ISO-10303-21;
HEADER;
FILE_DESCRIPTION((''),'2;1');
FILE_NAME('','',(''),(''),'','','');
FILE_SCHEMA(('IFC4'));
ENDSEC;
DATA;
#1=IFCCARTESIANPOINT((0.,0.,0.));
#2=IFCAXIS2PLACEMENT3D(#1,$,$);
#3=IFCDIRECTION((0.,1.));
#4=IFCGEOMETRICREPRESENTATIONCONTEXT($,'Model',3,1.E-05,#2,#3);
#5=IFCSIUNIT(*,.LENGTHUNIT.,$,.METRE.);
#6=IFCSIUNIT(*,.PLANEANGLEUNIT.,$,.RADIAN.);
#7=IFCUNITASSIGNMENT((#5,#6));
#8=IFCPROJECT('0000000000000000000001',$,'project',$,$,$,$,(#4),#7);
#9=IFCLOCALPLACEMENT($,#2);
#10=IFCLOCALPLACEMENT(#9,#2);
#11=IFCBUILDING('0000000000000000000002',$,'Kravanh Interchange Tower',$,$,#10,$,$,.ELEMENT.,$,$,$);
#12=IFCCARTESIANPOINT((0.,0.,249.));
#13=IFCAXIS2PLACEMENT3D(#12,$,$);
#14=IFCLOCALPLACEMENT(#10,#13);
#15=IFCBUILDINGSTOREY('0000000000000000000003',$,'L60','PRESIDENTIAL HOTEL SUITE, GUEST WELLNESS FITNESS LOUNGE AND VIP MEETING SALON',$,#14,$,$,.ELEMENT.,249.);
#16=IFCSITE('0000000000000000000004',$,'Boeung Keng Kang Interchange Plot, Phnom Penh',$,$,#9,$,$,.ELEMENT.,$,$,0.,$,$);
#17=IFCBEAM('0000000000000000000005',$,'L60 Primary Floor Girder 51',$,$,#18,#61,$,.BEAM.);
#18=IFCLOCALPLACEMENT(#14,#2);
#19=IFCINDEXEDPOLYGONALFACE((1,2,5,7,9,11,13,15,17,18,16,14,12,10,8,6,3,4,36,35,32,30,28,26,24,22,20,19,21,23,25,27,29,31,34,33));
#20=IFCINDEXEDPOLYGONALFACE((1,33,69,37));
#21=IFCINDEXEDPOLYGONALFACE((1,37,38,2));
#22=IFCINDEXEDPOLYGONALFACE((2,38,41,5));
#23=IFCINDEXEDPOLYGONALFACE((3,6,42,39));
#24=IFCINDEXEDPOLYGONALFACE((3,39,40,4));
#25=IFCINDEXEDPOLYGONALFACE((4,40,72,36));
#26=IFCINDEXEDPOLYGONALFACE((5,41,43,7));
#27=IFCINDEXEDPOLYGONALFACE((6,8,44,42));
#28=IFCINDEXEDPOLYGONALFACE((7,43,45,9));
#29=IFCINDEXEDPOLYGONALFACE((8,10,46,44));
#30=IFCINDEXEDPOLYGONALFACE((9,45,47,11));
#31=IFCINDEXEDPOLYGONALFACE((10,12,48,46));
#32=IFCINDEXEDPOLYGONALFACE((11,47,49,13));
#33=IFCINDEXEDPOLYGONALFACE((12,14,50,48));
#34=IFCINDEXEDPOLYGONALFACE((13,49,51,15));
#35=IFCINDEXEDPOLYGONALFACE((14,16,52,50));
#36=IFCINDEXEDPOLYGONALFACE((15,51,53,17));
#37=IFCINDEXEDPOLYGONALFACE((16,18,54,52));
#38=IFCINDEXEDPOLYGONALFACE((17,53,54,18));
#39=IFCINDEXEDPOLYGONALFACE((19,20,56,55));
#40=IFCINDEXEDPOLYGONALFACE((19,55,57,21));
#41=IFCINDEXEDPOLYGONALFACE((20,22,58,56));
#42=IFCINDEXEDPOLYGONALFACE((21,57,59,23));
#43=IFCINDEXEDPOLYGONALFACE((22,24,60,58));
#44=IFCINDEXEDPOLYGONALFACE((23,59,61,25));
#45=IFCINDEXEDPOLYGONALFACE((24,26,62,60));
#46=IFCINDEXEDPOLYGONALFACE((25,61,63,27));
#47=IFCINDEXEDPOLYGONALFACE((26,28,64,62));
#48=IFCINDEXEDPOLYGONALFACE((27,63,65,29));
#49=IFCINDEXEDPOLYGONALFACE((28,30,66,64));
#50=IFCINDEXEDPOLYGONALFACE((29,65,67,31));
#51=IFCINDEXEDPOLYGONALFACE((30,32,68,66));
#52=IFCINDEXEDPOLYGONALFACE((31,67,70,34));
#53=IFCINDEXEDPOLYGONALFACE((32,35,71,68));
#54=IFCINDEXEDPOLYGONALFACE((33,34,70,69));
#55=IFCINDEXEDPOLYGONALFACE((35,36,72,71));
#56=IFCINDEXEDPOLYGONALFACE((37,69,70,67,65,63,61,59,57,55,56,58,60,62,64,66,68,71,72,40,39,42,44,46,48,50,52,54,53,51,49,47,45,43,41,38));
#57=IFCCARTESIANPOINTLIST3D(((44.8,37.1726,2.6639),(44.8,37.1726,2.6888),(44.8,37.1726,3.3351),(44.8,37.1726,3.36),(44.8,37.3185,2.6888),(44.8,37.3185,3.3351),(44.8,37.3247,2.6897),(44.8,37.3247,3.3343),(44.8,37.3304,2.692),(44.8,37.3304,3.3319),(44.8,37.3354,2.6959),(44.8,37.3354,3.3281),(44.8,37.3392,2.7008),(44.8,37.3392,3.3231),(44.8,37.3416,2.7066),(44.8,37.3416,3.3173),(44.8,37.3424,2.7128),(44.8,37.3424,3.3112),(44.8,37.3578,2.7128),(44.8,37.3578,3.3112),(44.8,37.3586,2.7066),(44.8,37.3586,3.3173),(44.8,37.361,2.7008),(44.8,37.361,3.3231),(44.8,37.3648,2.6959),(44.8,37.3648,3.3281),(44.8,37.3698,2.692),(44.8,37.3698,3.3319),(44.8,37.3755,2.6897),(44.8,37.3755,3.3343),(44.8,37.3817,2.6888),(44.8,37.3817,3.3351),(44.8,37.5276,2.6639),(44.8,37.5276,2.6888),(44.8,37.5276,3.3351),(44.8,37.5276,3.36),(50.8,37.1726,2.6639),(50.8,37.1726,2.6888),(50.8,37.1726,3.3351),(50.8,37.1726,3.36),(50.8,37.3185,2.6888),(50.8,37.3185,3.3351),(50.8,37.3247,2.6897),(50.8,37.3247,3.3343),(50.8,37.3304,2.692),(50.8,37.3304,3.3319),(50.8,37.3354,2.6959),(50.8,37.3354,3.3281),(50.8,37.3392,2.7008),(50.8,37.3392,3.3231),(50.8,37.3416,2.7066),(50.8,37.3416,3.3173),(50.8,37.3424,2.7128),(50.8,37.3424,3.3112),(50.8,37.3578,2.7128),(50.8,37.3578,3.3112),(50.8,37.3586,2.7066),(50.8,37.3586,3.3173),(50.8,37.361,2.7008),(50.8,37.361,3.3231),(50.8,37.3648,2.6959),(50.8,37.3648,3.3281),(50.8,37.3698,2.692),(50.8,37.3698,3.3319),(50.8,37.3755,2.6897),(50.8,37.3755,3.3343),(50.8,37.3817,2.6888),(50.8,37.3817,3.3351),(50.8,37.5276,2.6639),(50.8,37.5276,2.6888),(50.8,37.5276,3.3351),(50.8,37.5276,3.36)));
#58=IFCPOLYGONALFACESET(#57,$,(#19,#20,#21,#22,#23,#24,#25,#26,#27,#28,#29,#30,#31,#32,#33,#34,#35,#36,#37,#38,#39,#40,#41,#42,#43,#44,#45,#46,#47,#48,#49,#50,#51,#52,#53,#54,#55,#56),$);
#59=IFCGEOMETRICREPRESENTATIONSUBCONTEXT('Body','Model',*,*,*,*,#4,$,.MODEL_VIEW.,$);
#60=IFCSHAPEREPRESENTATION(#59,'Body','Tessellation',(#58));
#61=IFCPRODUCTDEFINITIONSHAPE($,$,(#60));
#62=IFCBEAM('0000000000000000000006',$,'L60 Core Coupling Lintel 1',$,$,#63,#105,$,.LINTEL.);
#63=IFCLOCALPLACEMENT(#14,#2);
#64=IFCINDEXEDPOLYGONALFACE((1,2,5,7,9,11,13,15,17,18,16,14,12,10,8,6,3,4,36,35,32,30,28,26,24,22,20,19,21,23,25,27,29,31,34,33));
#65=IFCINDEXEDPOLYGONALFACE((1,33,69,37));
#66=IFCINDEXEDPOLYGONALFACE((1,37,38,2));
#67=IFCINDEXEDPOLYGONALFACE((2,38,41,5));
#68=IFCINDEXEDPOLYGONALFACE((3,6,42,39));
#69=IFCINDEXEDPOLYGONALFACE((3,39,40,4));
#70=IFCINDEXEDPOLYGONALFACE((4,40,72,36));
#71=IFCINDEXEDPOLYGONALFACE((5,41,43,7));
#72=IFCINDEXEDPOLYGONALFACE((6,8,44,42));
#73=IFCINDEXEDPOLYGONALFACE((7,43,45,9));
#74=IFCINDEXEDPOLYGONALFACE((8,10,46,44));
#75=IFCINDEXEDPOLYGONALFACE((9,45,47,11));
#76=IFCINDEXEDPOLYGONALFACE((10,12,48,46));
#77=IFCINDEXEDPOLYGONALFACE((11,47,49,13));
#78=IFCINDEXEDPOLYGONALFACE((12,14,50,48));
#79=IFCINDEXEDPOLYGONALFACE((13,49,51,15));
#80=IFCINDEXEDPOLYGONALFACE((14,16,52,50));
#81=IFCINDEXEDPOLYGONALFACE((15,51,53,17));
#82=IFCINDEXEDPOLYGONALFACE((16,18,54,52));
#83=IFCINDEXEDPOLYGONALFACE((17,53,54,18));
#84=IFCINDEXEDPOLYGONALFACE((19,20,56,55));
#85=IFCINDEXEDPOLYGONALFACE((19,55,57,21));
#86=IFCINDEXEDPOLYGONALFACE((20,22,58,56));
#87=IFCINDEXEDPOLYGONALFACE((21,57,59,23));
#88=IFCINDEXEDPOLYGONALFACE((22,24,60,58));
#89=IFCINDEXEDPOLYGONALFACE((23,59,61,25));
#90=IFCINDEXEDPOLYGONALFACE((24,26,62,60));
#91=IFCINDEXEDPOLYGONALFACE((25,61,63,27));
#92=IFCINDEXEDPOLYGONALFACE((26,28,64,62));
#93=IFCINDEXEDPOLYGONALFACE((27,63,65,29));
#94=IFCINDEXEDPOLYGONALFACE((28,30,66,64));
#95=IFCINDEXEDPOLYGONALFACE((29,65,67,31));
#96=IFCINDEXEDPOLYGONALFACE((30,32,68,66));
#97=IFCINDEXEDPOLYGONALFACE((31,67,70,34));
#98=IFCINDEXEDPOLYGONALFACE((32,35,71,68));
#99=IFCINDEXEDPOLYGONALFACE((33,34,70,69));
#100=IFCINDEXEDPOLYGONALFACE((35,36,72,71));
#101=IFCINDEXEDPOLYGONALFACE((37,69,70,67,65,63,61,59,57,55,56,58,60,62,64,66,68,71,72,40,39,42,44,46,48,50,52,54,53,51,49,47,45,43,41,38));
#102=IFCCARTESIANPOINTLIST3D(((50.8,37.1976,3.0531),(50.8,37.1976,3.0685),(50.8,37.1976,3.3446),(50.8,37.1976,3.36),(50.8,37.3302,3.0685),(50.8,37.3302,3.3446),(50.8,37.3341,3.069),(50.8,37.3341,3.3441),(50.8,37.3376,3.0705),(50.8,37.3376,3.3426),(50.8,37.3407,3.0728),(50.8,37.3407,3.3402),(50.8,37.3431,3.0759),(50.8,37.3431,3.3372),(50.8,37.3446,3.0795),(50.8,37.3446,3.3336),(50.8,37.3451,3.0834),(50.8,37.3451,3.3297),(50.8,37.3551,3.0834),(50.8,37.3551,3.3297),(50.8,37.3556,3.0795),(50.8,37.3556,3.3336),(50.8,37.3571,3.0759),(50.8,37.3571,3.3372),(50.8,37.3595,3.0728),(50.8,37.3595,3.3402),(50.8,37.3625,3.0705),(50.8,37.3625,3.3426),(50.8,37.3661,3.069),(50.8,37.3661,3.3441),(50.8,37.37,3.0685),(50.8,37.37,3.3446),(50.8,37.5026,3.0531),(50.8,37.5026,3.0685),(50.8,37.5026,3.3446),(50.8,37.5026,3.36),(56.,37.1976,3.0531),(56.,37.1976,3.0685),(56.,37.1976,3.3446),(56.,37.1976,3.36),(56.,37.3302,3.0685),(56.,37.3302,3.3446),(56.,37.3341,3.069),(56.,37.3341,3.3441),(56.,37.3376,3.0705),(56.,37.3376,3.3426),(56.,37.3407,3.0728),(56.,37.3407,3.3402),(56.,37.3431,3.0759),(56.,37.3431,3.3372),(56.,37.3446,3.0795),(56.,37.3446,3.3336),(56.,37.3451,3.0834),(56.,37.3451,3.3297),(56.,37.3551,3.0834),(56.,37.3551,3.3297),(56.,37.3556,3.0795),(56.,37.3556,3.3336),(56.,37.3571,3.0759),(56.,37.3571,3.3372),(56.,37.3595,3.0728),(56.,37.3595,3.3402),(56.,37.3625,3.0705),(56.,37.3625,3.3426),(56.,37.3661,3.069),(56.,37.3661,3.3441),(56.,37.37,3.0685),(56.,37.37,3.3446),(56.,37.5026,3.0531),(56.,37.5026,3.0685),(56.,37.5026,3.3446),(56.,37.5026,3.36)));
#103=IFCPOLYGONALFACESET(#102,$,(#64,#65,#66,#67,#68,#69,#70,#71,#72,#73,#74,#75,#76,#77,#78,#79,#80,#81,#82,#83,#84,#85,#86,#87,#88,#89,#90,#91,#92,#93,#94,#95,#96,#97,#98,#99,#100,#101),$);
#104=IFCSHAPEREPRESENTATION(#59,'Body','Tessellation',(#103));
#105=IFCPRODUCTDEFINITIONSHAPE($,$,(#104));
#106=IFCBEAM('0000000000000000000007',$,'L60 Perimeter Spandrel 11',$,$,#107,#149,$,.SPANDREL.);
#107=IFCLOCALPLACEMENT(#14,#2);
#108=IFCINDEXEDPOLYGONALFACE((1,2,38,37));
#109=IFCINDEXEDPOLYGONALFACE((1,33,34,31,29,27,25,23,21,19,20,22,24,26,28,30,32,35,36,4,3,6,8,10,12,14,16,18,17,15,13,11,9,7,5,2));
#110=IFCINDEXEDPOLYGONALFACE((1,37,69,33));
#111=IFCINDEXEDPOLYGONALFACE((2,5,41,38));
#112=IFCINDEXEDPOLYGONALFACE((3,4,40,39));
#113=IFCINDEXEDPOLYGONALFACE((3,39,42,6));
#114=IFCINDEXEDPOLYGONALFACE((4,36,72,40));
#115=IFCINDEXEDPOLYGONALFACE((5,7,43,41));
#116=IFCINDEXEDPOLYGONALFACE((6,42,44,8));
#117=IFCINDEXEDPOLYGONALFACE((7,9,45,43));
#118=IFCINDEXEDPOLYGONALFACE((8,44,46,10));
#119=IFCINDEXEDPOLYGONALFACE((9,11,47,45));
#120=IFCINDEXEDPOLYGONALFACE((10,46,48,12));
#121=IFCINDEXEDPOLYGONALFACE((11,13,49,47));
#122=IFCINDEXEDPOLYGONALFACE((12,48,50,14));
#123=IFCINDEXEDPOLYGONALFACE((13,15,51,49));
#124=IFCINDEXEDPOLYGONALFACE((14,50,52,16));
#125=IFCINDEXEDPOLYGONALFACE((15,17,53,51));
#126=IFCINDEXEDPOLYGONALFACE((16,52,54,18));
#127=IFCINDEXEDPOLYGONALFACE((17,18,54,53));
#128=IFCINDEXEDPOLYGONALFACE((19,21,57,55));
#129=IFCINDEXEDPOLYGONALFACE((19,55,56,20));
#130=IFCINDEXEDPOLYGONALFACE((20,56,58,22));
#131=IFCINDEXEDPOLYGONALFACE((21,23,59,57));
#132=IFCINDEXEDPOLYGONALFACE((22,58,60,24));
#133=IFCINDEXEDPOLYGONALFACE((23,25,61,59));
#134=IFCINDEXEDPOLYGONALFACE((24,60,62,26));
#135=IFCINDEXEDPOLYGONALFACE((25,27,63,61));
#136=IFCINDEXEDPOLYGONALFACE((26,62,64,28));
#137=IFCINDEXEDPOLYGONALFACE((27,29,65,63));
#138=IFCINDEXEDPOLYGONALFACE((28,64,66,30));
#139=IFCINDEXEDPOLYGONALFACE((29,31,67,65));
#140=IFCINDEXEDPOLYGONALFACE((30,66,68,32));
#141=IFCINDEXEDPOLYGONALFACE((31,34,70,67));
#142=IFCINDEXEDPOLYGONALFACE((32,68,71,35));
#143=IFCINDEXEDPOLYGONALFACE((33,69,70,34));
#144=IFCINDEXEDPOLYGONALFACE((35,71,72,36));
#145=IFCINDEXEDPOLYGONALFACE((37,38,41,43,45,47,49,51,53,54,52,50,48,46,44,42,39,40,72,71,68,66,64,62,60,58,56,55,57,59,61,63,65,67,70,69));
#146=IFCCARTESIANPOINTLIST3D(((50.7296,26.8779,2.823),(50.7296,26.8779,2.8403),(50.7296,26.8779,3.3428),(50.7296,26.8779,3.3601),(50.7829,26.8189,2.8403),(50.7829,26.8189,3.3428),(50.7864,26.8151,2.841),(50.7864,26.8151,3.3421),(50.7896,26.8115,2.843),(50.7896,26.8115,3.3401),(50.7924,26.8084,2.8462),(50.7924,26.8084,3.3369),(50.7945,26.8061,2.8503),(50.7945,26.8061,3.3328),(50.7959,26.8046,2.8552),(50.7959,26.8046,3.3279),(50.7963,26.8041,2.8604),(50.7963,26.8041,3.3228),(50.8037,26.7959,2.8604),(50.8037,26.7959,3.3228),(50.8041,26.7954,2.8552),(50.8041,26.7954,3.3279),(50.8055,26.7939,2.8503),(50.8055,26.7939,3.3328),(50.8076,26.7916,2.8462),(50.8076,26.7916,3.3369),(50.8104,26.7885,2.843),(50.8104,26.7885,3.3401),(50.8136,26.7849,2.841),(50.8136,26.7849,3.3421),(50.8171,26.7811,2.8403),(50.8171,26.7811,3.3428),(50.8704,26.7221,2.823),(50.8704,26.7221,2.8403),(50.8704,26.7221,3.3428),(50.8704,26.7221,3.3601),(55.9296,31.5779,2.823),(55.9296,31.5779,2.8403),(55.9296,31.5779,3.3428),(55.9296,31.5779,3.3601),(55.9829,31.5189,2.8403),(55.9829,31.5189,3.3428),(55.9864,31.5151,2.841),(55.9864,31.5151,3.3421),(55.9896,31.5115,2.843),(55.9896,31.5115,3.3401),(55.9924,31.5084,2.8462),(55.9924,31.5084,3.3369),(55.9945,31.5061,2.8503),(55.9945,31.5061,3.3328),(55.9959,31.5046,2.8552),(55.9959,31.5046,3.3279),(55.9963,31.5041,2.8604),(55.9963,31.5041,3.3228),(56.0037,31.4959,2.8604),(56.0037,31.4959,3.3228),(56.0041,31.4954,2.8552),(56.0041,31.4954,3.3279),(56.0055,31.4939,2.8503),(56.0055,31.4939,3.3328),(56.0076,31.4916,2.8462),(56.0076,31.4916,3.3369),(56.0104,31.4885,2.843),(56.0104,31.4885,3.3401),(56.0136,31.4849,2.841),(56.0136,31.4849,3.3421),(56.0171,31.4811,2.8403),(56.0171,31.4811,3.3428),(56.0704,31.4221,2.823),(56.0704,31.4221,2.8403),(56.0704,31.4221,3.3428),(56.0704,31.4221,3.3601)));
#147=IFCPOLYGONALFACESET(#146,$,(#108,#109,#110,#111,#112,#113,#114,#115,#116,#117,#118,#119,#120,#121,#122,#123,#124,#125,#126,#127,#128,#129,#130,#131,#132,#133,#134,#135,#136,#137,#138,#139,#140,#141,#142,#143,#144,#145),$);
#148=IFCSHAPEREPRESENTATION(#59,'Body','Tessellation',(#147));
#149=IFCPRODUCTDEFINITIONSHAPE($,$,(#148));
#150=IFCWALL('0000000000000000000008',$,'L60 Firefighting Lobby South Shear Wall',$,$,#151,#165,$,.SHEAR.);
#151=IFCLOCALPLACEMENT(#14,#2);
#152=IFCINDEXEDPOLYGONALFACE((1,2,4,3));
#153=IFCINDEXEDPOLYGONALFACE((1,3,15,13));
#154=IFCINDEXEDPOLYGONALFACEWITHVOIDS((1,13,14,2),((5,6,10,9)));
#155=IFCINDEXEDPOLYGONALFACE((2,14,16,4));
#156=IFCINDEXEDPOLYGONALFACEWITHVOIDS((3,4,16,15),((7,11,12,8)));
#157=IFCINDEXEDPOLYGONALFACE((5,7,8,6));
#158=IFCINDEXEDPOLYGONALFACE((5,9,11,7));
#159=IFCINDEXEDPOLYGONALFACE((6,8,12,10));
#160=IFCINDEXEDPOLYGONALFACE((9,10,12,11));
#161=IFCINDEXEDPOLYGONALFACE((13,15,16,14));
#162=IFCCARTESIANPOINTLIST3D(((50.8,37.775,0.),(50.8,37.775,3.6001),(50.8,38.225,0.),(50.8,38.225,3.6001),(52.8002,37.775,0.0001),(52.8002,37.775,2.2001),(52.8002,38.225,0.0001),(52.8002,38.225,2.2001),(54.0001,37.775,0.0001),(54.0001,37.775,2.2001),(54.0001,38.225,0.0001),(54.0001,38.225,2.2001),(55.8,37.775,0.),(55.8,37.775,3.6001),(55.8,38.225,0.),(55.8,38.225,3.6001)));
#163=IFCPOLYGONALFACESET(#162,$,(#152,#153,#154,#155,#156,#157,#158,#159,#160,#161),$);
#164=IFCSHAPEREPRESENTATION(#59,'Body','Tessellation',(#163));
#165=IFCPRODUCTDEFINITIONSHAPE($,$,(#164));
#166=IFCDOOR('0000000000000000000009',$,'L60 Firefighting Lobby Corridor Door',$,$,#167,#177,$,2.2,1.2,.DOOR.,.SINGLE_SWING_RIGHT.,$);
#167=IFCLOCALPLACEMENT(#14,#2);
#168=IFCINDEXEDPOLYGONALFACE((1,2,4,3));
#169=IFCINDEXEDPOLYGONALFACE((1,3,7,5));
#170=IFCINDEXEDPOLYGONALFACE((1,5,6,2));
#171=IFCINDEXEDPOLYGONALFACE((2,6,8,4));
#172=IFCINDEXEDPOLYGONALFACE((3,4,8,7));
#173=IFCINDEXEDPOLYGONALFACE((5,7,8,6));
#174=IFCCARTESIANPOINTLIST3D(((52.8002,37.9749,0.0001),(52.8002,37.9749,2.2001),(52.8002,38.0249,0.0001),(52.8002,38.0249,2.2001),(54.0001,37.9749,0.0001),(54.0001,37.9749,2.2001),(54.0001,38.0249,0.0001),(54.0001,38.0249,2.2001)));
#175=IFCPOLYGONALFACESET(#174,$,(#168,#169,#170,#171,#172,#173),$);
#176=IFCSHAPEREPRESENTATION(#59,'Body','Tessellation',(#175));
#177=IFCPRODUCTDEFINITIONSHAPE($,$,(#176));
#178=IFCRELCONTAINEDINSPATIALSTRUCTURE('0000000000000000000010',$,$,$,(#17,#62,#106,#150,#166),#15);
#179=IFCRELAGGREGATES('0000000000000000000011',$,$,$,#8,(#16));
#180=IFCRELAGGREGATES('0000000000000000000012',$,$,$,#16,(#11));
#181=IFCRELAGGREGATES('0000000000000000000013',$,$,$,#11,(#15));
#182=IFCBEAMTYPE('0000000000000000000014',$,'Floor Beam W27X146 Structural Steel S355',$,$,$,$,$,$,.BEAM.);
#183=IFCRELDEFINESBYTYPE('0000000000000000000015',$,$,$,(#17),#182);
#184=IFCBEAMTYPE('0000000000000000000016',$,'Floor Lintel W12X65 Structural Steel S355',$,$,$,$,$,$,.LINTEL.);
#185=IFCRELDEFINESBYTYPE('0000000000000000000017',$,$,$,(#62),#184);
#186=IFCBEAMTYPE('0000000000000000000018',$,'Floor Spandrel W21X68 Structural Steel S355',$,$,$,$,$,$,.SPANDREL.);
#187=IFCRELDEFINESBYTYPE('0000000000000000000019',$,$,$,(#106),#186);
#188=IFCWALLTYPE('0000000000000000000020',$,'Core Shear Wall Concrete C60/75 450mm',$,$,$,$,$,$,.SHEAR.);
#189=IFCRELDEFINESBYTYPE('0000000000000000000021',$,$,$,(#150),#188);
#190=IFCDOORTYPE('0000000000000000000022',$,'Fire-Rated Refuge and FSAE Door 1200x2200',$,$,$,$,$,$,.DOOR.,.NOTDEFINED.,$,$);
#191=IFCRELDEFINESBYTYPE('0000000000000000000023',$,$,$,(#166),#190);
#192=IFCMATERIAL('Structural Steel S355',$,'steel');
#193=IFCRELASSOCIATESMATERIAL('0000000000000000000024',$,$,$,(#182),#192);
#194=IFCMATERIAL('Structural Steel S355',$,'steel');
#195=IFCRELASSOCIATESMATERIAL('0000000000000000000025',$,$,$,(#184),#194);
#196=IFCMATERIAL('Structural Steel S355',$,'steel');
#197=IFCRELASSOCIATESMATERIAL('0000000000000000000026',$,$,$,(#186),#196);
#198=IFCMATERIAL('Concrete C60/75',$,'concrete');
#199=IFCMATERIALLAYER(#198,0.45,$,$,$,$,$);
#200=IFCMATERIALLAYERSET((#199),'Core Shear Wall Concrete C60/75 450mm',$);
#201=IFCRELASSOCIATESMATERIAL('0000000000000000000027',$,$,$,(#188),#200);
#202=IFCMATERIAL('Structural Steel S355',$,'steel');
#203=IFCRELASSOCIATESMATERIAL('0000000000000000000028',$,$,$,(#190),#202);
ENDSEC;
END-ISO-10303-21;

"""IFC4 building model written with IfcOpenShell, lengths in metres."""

from ifc_helpers import new_model, si_unit, direction, frame, frame_2d, origin, origin_2d, place, context, subcontext, project, spatial, rectangle, i_section, extrude, material, layer, layer_set, material_profile, profile_set, type_object, element, fill, save


model = new_model("IFC4")

# Units and contexts
model_context = context("Model", 3, precision=1e-05, world=origin(), true_north=direction((0.0, 1.0)))
body_context = subcontext(model_context, "Body", "Model", "MODEL_VIEW")
ifc_project = project(units=[si_unit("LENGTHUNIT", "METRE"), si_unit("PLANEANGLEUNIT", "RADIAN")], contexts=[model_context])

# Site, building, storey
site_placement = place(None, origin())
site = spatial("IfcSite", under=ifc_project, at=site_placement, Name="Boeung Keng Kang Interchange Plot, Phnom Penh", CompositionType="ELEMENT", RefElevation=0.0)
building_placement = place(site_placement, origin())
building = spatial("IfcBuilding", under=site, at=building_placement, Name="Kravanh Interchange Tower", CompositionType="ELEMENT")
storey_placement = place(building_placement, frame((0.0, 0.0, 249.0)))
storey = spatial("IfcBuildingStorey", under=building, at=storey_placement, Name="L60", Description="PRESIDENTIAL HOTEL SUITE, GUEST WELLNESS FITNESS LOUNGE AND VIP MEETING SALON", CompositionType="ELEMENT", Elevation=249.0)

# Beams
ifc_material_1 = material(Name="Structural Steel S355", Category="steel")
ifc_material_profile_1 = material_profile(ifc_material_1, i_section(OverallWidth=0.355, OverallDepth=0.696, WebThickness=0.0154, FlangeThickness=0.0249, FilletRadius=0.0239, at=origin_2d()), Name="W27X146")
ifc_profile_set_1 = profile_set([ifc_material_profile_1], Name="Structural Steel S355")
beam_type_1 = type_object("IfcBeamType", Name="Floor Beam W27X146 Structural Steel S355", PredefinedType="BEAM", material=ifc_profile_set_1)
beam_1_placement = place(storey_placement, frame((50.8, 37.3501, 3.012), z_axis=(-1.0, 0.0, 0.0), x_axis=(0.0, -1.0, 0.0)))
element("IfcBeam", 1, at=beam_1_placement, inside=storey, type_object=beam_type_1, Name="L60 Primary Floor Girder 51", PredefinedType="BEAM", context=body_context, shape_type="SweptSolid", body=[
    extrude(i_section(OverallWidth=0.355, OverallDepth=0.696, WebThickness=0.0154, FlangeThickness=0.0249, FilletRadius=0.0239, at=origin_2d()), origin(), (0.0, 0.0, 1.0), 6.0),
])
ifc_material_2 = material(Name="Structural Steel S355", Category="steel")
ifc_material_profile_2 = material_profile(ifc_material_2, i_section(OverallWidth=0.3049, OverallDepth=0.3069, WebThickness=0.01, FlangeThickness=0.0154, FilletRadius=0.0149, at=origin_2d()), Name="W12X65")
ifc_profile_set_2 = profile_set([ifc_material_profile_2], Name="Structural Steel S355")
beam_type_2 = type_object("IfcBeamType", Name="Floor Lintel W12X65 Structural Steel S355", PredefinedType="LINTEL", material=ifc_profile_set_2)
beam_2_placement = place(storey_placement, frame((50.8, 37.3501, 3.2065), z_axis=(1.0, 0.0, 0.0), x_axis=(0.0, 1.0, 0.0)))
element("IfcBeam", 2, at=beam_2_placement, inside=storey, type_object=beam_type_2, Name="L60 Core Coupling Lintel 1", PredefinedType="LINTEL", context=body_context, shape_type="SweptSolid", body=[
    extrude(i_section(OverallWidth=0.3049, OverallDepth=0.3069, WebThickness=0.01, FlangeThickness=0.0154, FilletRadius=0.0149, at=origin_2d()), origin(), (0.0, 0.0, 1.0), 5.2),
])
ifc_material_3 = material(Name="Structural Steel S355", Category="steel")
ifc_material_profile_3 = material_profile(ifc_material_3, i_section(OverallWidth=0.21, OverallDepth=0.5371, WebThickness=0.011, FlangeThickness=0.0173, FilletRadius=0.02, at=origin_2d()), Name="W21X68")
ifc_profile_set_3 = profile_set([ifc_material_profile_3], Name="Structural Steel S355")
beam_type_3 = type_object("IfcBeamType", Name="Floor Spandrel W21X68 Structural Steel S355", PredefinedType="SPANDREL", material=ifc_profile_set_3)
beam_3_placement = place(storey_placement, frame((56.0, 31.5, 3.0916), z_axis=(-0.741874, -0.670539, 0.0), x_axis=(0.670539, -0.741874, 0.0)))
element("IfcBeam", 3, at=beam_3_placement, inside=storey, type_object=beam_type_3, Name="L60 Perimeter Spandrel 11", PredefinedType="SPANDREL", context=body_context, shape_type="SweptSolid", body=[
    extrude(i_section(OverallWidth=0.21, OverallDepth=0.5371, WebThickness=0.011, FlangeThickness=0.0173, FilletRadius=0.02, at=origin_2d()), origin(), (0.0, 0.0, 1.0), 7.0093),
])

# Shared definitions
ifc_material_4 = material(Name="Concrete C60/75", Category="concrete")
ifc_layer_1 = layer(ifc_material_4, 0.45)
ifc_layer_set_1 = layer_set([ifc_layer_1], Name="Core Shear Wall Concrete C60/75 450mm")
wall_type_1 = type_object("IfcWallType", Name="Core Shear Wall Concrete C60/75 450mm", PredefinedType="SHEAR", material=ifc_layer_set_1)

# Wall, opening, door
wall_1_placement = place(storey_placement, frame((50.8, 38.0, 0.0), z_axis=(0.0, 0.0, 1.0), x_axis=(1.0, 0.0, 0.0)))
wall_1 = element("IfcWall", 4, at=wall_1_placement, inside=storey, type_object=wall_type_1, Name="L60 Firefighting Lobby South Shear Wall", PredefinedType="SHEAR", context=body_context, shape_type="SweptSolid", body=[
    extrude(rectangle(XDim=5.0, YDim=0.45, at=frame_2d((2.5, 0.0))), origin(), (0.0, 0.0, 1.0), 3.6001),
])
opening_1_placement = place(wall_1_placement, frame((2.0, 0.0, 0.0)))
opening_1 = element("IfcOpeningElement", 5, at=opening_1_placement, cuts=wall_1, PredefinedType="OPENING", context=body_context, shape_type="SweptSolid", body=[
    extrude(rectangle(XDim=1.2, YDim=2.2, at=frame_2d((0.6001, 1.1001))), frame((0.0, 0.2349, 0.0), z_axis=(0.0, -1.0, 0.0), x_axis=(1.0, 0.0, 0.0)), (0.0, 0.0, 1.0), 0.47),
])
ifc_material_5 = material(Name="Structural Steel S355", Category="steel")
door_type_1 = type_object("IfcDoorType", Name="Fire-Rated Refuge and FSAE Door 1200x2200", OperationType="NOTDEFINED", PredefinedType="DOOR", material=ifc_material_5)
door_1_placement = place(opening_1_placement, origin())
door_1 = element("IfcDoor", 6, at=door_1_placement, inside=storey, type_object=door_type_1, Name="L60 Firefighting Lobby Corridor Door", OperationType="SINGLE_SWING_RIGHT", OverallHeight=2.2, OverallWidth=1.2, PredefinedType="DOOR", context=body_context, shape_type="SweptSolid", body=[
    extrude(rectangle(XDim=1.2, YDim=2.2, at=frame_2d((0.6001, 1.1001))), frame((0.0, 0.0249, 0.0), z_axis=(0.0, -1.0, 0.0), x_axis=(1.0, 0.0, 0.0)), (0.0, 0.0, 1.0), 0.05),
])
fill(opening_1, door_1)

save(model, "model.ifc")
